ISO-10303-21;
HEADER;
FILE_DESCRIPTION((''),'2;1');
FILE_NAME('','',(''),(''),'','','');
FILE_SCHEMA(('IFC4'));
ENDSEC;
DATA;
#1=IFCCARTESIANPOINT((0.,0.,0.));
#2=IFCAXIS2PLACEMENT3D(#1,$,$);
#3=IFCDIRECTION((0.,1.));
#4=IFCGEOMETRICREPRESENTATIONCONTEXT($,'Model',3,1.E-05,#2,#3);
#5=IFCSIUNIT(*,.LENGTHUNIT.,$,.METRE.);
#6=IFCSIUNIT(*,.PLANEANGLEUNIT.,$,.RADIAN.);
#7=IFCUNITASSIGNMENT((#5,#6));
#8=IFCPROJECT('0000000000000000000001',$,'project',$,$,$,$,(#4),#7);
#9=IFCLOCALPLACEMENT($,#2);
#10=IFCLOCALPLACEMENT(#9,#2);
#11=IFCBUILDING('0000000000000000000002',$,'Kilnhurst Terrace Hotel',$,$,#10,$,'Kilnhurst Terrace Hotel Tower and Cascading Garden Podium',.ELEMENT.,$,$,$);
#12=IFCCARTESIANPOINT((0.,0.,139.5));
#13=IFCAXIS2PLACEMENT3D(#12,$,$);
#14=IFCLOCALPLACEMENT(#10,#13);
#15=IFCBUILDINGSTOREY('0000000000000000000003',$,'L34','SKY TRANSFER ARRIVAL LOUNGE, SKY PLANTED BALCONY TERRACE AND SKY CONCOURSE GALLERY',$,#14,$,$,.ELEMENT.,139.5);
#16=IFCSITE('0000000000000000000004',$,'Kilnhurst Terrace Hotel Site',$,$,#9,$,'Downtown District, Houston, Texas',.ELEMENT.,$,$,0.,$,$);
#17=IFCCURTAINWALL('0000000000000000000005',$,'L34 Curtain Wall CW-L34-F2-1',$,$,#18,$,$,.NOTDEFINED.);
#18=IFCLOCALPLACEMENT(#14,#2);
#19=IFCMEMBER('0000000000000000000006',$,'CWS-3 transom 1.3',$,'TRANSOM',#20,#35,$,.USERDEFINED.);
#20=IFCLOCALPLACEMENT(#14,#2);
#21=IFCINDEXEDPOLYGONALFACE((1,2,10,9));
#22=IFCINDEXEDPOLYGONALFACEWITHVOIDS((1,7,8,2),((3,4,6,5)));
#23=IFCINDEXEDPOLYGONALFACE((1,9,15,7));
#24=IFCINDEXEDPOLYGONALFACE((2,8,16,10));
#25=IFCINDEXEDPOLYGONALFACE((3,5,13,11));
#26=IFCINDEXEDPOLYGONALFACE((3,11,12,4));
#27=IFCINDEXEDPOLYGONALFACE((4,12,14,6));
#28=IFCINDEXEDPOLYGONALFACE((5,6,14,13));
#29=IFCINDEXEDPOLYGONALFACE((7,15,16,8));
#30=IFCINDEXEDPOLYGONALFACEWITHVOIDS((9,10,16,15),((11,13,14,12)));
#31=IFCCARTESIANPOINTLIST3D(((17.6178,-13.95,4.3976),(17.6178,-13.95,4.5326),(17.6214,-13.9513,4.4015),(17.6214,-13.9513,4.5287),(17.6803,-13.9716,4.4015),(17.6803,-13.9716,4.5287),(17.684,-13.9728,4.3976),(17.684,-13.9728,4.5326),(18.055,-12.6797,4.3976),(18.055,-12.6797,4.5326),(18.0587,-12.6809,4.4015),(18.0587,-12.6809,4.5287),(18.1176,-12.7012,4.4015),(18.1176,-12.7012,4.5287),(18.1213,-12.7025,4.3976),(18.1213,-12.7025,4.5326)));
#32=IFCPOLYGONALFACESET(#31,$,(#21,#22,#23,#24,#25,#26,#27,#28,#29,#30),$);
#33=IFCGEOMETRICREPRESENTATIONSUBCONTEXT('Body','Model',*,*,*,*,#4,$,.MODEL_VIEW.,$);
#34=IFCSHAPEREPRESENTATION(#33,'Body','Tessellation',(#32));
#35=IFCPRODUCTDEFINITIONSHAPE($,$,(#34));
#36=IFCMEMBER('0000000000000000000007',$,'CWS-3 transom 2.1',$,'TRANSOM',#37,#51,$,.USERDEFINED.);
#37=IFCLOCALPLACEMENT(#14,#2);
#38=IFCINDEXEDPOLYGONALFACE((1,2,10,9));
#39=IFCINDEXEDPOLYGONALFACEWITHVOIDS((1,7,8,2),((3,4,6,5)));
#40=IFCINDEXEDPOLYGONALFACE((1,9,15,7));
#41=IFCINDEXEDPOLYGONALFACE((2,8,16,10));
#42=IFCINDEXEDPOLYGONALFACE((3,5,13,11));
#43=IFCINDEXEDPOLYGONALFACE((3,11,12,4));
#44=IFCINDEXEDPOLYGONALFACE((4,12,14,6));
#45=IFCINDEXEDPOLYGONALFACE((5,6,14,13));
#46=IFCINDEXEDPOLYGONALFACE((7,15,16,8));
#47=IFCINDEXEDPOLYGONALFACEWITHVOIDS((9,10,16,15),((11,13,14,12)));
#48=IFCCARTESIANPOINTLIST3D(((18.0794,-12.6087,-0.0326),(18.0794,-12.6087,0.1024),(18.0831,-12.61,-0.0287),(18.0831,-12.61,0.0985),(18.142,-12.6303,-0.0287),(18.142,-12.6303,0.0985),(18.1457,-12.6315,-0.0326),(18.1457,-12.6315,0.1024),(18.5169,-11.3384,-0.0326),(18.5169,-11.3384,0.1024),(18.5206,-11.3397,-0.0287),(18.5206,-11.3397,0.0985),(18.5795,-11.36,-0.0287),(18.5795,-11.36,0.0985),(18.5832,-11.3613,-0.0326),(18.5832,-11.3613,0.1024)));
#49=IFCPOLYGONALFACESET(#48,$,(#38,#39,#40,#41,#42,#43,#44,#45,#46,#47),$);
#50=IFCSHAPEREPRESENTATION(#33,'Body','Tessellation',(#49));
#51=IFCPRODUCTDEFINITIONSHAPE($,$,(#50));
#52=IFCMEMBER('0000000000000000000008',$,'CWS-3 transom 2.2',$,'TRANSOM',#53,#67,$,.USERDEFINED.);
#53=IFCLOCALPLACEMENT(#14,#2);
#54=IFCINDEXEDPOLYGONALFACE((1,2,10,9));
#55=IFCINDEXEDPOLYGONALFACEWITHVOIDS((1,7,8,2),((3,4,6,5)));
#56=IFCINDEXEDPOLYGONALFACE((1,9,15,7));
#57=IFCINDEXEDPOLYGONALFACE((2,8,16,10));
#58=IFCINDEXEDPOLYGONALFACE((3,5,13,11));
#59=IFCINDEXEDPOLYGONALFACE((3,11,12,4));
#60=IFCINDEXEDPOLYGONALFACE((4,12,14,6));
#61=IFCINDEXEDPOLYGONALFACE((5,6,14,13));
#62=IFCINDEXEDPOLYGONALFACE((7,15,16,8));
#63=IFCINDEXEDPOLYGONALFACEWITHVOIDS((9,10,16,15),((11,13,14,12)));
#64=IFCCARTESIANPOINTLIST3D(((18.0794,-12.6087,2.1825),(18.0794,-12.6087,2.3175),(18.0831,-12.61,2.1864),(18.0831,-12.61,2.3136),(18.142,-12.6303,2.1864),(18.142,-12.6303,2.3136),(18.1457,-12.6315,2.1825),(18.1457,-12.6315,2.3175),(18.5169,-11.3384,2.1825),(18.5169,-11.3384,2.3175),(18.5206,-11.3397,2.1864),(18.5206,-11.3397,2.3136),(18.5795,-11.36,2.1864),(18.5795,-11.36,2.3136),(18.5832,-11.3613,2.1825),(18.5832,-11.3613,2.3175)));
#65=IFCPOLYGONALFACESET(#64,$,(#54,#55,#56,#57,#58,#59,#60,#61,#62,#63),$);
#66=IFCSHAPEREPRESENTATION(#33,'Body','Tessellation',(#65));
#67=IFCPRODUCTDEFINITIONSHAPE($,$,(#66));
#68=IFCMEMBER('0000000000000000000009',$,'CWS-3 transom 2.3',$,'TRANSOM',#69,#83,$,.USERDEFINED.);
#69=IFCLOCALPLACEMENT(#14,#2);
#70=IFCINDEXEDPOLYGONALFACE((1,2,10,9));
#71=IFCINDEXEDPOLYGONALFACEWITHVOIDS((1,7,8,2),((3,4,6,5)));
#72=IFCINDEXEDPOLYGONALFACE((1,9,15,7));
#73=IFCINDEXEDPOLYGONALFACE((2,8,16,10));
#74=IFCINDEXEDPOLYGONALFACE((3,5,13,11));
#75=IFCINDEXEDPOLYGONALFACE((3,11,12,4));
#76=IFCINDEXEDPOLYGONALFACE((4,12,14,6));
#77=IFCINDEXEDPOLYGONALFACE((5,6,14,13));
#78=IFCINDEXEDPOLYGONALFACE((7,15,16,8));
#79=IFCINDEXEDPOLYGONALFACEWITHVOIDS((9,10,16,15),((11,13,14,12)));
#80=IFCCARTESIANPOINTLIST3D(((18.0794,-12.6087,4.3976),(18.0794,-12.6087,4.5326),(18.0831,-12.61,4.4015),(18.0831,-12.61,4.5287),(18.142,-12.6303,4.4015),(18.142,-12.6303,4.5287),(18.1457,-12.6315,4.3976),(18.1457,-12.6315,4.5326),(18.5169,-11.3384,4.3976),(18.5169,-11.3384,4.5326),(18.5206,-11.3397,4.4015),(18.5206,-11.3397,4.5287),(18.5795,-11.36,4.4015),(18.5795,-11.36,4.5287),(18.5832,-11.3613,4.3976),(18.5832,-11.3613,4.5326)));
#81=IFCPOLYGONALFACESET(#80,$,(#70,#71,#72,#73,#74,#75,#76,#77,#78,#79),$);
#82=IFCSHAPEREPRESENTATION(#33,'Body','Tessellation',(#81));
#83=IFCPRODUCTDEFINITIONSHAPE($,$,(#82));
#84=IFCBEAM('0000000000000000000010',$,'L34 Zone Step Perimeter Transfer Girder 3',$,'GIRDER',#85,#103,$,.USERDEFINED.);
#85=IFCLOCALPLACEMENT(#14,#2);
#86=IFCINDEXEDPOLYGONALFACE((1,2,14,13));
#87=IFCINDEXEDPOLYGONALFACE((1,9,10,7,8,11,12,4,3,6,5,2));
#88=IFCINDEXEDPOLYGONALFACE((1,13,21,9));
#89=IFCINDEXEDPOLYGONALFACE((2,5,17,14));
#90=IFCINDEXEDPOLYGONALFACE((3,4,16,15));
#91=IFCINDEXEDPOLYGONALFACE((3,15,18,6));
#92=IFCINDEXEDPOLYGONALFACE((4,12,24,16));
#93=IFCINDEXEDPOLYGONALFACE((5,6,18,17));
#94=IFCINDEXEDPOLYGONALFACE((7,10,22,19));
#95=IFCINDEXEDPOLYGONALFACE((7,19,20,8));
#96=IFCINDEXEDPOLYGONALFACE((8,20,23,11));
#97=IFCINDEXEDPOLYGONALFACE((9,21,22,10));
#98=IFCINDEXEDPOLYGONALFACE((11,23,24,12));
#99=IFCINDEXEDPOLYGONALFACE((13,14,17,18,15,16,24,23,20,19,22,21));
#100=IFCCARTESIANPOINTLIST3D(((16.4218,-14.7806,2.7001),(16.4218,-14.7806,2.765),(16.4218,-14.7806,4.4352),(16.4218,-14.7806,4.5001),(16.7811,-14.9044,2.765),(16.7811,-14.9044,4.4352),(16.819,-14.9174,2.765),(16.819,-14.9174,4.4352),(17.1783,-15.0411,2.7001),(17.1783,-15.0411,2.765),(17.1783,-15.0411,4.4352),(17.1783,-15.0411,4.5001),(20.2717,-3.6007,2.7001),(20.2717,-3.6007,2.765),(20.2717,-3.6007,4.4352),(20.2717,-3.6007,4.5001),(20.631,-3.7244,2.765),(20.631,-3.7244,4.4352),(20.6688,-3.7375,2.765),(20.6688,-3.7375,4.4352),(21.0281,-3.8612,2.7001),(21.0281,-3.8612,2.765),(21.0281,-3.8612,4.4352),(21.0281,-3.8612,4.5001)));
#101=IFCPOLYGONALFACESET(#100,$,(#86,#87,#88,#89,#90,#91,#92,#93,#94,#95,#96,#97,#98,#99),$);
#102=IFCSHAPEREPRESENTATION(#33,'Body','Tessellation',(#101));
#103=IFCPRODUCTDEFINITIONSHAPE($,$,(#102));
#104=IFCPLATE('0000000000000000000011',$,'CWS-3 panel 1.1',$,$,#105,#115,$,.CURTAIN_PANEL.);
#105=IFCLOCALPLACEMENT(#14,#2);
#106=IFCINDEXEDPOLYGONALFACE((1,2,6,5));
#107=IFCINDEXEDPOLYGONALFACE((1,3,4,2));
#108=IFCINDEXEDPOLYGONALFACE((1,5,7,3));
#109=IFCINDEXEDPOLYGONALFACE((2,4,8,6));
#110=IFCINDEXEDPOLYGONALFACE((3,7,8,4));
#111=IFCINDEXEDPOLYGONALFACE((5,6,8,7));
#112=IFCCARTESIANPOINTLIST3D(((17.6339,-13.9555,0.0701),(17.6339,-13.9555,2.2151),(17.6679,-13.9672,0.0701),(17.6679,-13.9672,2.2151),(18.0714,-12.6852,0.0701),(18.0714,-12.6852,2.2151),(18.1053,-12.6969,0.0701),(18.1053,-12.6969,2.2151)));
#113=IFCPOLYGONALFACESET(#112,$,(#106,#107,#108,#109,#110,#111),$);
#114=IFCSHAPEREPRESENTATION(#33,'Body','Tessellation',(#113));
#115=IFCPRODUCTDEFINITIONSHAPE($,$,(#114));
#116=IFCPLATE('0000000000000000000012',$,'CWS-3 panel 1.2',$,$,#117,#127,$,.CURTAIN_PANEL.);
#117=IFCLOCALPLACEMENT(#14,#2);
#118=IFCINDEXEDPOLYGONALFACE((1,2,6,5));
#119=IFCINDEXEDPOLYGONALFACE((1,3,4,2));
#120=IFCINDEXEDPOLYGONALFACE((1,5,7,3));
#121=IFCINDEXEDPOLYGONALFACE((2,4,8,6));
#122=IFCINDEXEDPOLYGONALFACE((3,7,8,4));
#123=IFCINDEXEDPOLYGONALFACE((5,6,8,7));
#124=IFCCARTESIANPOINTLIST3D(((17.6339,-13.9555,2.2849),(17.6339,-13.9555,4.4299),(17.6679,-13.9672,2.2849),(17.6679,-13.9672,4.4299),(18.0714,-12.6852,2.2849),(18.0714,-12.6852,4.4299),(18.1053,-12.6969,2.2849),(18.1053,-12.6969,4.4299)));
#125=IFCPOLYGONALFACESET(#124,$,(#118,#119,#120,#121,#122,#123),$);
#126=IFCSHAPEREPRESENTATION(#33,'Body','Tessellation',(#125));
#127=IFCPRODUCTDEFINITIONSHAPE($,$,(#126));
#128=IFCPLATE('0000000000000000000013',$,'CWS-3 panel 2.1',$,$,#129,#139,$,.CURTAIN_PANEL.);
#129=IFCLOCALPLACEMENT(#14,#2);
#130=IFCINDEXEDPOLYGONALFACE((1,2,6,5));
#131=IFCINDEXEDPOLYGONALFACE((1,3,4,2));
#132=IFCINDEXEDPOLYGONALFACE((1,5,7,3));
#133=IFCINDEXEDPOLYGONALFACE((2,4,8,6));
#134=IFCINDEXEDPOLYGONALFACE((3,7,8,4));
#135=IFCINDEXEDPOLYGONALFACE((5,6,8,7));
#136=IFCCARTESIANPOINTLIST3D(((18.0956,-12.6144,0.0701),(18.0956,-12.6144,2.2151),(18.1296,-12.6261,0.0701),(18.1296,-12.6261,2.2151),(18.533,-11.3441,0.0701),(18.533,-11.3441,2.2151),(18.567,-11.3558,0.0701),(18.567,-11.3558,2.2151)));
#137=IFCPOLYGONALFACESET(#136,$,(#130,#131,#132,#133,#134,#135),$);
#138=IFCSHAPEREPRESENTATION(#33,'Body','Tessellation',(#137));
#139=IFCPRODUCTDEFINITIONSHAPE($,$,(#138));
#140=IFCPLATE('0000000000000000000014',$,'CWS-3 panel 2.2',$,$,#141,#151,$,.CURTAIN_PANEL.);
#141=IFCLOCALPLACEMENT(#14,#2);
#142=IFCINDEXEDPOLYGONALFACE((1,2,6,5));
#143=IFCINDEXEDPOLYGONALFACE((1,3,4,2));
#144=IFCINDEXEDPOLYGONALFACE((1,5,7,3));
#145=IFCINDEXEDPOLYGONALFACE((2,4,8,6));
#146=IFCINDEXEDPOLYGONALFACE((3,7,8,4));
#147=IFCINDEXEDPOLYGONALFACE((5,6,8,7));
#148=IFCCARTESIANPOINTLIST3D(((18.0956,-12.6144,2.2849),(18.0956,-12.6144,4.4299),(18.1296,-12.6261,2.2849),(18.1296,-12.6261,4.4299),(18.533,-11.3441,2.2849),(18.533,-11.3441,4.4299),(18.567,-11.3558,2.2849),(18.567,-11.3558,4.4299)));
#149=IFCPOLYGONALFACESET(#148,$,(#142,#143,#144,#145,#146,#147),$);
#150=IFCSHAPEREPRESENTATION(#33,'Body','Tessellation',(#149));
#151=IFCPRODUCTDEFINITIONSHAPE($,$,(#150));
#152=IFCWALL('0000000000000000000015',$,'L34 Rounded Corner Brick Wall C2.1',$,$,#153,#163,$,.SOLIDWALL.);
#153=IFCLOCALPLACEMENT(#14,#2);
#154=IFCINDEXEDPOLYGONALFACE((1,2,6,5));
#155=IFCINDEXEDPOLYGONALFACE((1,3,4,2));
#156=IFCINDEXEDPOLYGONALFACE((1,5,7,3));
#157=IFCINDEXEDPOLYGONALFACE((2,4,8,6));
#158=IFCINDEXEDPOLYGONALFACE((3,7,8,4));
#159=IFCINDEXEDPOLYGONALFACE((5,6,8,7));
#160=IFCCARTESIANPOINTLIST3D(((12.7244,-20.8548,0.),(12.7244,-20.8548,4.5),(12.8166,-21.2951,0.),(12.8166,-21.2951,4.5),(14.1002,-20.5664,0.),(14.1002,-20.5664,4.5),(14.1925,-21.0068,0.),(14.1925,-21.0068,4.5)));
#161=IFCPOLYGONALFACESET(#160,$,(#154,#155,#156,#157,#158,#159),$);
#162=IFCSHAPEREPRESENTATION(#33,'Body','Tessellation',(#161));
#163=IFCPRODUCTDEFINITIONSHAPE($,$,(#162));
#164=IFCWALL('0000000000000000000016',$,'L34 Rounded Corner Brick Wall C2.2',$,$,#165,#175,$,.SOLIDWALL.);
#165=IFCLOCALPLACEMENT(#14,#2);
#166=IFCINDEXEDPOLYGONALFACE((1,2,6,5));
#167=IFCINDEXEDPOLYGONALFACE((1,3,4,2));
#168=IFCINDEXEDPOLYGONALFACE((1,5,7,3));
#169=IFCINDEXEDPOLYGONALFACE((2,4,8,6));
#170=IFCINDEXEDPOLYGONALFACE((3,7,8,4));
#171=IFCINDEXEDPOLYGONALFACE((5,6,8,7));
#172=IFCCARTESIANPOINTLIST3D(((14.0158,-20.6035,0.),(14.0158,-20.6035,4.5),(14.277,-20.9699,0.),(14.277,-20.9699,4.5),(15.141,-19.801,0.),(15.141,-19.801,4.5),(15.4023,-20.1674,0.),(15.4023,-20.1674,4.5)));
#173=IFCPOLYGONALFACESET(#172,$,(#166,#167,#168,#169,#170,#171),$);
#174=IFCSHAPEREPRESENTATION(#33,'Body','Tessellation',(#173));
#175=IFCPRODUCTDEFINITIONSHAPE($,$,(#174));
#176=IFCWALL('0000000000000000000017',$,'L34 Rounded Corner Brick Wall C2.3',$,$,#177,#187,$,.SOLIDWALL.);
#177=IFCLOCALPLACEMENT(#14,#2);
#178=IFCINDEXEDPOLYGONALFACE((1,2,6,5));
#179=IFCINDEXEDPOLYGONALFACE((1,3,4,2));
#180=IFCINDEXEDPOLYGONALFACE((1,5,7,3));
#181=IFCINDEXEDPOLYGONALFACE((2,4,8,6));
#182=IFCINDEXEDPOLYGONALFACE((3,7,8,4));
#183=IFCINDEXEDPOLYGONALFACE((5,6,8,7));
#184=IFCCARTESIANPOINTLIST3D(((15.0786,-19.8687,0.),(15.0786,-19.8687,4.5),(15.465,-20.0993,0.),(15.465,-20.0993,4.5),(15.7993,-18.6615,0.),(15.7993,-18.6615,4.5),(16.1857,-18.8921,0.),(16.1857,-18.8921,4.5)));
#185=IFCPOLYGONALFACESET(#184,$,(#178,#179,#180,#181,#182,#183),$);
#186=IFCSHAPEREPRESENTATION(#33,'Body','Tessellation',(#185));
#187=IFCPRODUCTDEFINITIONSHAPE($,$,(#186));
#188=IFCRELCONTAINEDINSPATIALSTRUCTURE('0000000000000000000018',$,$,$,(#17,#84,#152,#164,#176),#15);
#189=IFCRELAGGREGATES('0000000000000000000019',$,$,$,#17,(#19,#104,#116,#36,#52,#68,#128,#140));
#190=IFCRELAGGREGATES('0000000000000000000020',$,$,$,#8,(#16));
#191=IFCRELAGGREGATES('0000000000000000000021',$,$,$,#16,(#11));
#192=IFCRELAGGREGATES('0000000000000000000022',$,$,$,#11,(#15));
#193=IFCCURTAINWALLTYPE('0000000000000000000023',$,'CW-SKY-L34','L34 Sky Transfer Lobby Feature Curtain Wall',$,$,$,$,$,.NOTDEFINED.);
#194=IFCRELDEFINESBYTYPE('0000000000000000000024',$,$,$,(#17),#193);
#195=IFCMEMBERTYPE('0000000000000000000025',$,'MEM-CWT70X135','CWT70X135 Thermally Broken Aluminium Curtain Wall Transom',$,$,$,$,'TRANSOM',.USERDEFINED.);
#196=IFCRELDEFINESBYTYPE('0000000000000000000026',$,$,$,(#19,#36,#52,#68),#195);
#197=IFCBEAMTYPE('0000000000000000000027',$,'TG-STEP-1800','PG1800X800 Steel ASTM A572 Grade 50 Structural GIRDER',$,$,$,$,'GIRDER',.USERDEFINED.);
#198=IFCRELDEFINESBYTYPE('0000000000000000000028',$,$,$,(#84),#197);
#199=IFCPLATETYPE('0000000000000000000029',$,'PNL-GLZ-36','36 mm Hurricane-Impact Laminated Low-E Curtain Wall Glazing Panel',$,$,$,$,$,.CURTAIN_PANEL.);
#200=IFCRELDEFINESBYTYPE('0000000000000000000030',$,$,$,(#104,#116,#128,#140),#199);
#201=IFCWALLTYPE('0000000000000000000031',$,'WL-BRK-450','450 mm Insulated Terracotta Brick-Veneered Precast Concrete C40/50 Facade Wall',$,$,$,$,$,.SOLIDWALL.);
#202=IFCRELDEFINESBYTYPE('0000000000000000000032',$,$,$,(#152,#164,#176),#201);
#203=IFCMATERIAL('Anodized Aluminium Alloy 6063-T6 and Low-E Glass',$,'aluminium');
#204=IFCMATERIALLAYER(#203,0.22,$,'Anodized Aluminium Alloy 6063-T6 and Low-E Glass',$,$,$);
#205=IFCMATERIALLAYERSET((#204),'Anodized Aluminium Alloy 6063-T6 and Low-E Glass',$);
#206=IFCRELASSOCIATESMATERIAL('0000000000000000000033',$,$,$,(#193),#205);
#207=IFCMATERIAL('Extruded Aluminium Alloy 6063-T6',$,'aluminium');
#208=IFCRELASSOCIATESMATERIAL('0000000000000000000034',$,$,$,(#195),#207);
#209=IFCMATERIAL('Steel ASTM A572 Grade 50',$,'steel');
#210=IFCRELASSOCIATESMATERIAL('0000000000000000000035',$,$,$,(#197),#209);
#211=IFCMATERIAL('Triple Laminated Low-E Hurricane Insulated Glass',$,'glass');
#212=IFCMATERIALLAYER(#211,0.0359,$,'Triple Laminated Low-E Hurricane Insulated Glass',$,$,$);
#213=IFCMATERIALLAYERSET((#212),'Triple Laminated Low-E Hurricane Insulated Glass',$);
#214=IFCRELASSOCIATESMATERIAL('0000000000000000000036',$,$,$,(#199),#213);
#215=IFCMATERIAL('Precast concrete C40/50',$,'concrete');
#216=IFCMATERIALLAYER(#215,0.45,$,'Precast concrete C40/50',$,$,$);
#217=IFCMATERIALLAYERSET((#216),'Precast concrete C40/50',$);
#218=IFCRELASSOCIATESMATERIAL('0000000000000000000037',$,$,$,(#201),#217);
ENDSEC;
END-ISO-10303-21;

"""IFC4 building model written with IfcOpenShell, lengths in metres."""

from ifc_helpers import new_model, si_unit, direction, frame, frame_2d, origin, origin_2d, place, context, subcontext, project, spatial, rectangle, hollow_rectangle, i_section, extrude, material, layer, layer_set, material_profile, profile_set, type_object, element, aggregate, save


model = new_model("IFC4")

# Units and contexts
model_context = context("Model", 3, precision=1e-05, world=origin(), true_north=direction((0.0, 1.0)))
body_context = subcontext(model_context, "Body", "Model", "MODEL_VIEW")
ifc_project = project(units=[si_unit("LENGTHUNIT", "METRE"), si_unit("PLANEANGLEUNIT", "RADIAN")], contexts=[model_context])

# Site, building, storey
site_placement = place(None, origin())
site = spatial("IfcSite", under=ifc_project, at=site_placement, Name="Kilnhurst Terrace Hotel Site", LongName="Downtown District, Houston, Texas", CompositionType="ELEMENT", RefElevation=0.0)
building_placement = place(site_placement, origin())
building = spatial("IfcBuilding", under=site, at=building_placement, Name="Kilnhurst Terrace Hotel", LongName="Kilnhurst Terrace Hotel Tower and Cascading Garden Podium", CompositionType="ELEMENT")
storey_placement = place(building_placement, frame((0.0, 0.0, 139.5)))
storey = spatial("IfcBuildingStorey", under=building, at=storey_placement, Name="L34", Description="SKY TRANSFER ARRIVAL LOUNGE, SKY PLANTED BALCONY TERRACE AND SKY CONCOURSE GALLERY", CompositionType="ELEMENT", Elevation=139.5)

# Curtain wall
ifc_material_1 = material(Name="Anodized Aluminium Alloy 6063-T6 and Low-E Glass", Category="aluminium")
ifc_layer_1 = layer(ifc_material_1, 0.22, Name="Anodized Aluminium Alloy 6063-T6 and Low-E Glass")
ifc_layer_set_1 = layer_set([ifc_layer_1], Name="Anodized Aluminium Alloy 6063-T6 and Low-E Glass")
curtain_wall_type = type_object("IfcCurtainWallType", Name="CW-SKY-L34", Description="L34 Sky Transfer Lobby Feature Curtain Wall", PredefinedType="NOTDEFINED", material=ifc_layer_set_1)
curtain_wall_1_placement = place(storey_placement, origin())
curtain_wall_1 = element("IfcCurtainWall", 1, at=curtain_wall_1_placement, inside=storey, type_object=curtain_wall_type, Name="L34 Curtain Wall CW-L34-F2-1", PredefinedType="NOTDEFINED")
ifc_material_2 = material(Name="Extruded Aluminium Alloy 6063-T6", Category="aluminium")

# Members
ifc_material_profile_1 = material_profile(ifc_material_2, hollow_rectangle(XDim=0.0701, YDim=0.135, WallThickness=0.0039, at=origin_2d()), Name="CWT70X135")
ifc_profile_set_1 = profile_set([ifc_material_profile_1], Name="Extruded Aluminium Alloy 6063-T6")
member_type_1 = type_object("IfcMemberType", Name="MEM-CWT70X135", Description="CWT70X135 Thermally Broken Aluminium Curtain Wall Transom", ElementType="TRANSOM", PredefinedType="USERDEFINED", material=ifc_profile_set_1)
member_1_placement = place(storey_placement, frame((17.6509, -13.9614, 4.4651), z_axis=(0.325481, 0.945549, 0.0), x_axis=(-0.945549, 0.325481, 0.0)))
member_1 = element("IfcMember", 2, at=member_1_placement, type_object=member_type_1, Name="CWS-3 transom 1.3", ObjectType="TRANSOM", PredefinedType="USERDEFINED", context=body_context, shape_type="SweptSolid", body=[
    extrude(hollow_rectangle(XDim=0.0701, YDim=0.135, WallThickness=0.0039, at=origin_2d()), origin(), (0.0, 0.0, 1.0), 1.3435),
])
member_2_placement = place(storey_placement, frame((18.1125, -12.6201, 0.0349), z_axis=(0.325643, 0.945493, 0.0), x_axis=(-0.945493, 0.325643, 0.0)))
member_2 = element("IfcMember", 3, at=member_2_placement, type_object=member_type_1, Name="CWS-3 transom 2.1", ObjectType="TRANSOM", PredefinedType="USERDEFINED", context=body_context, shape_type="SweptSolid", body=[
    extrude(hollow_rectangle(XDim=0.0701, YDim=0.135, WallThickness=0.0039, at=origin_2d()), origin(), (0.0, 0.0, 1.0), 1.3435),
])
member_3_placement = place(storey_placement, frame((18.1125, -12.6201, 2.25), z_axis=(0.325643, 0.945493, 0.0), x_axis=(-0.945493, 0.325643, 0.0)))
member_3 = element("IfcMember", 4, at=member_3_placement, type_object=member_type_1, Name="CWS-3 transom 2.2", ObjectType="TRANSOM", PredefinedType="USERDEFINED", context=body_context, shape_type="SweptSolid", body=[
    extrude(hollow_rectangle(XDim=0.0701, YDim=0.135, WallThickness=0.0039, at=origin_2d()), origin(), (0.0, 0.0, 1.0), 1.3435),
])
member_4_placement = place(storey_placement, frame((18.1125, -12.6201, 4.4651), z_axis=(0.325643, 0.945493, 0.0), x_axis=(-0.945493, 0.325643, 0.0)))
member_4 = element("IfcMember", 5, at=member_4_placement, type_object=member_type_1, Name="CWS-3 transom 2.3", ObjectType="TRANSOM", PredefinedType="USERDEFINED", context=body_context, shape_type="SweptSolid", body=[
    extrude(hollow_rectangle(XDim=0.0701, YDim=0.135, WallThickness=0.0039, at=origin_2d()), origin(), (0.0, 0.0, 1.0), 1.3435),
])

# Beam
ifc_material_3 = material(Name="Steel ASTM A572 Grade 50", Category="steel")
ifc_material_profile_2 = material_profile(ifc_material_3, i_section(OverallWidth=0.8, OverallDepth=1.8, WebThickness=0.04, FlangeThickness=0.0649, at=origin_2d()), Name="PG1800X800")
ifc_profile_set_2 = profile_set([ifc_material_profile_2], Name="Steel ASTM A572 Grade 50")
beam_type_1 = type_object("IfcBeamType", Name="TG-STEP-1800", Description="PG1800X800 Steel ASTM A572 Grade 50 Structural GIRDER", ElementType="GIRDER", PredefinedType="USERDEFINED", material=ifc_profile_set_2)
beam_1_placement = place(storey_placement, frame((16.8, -14.9109, 3.6001), z_axis=(0.32559, 0.945511, 0.0), x_axis=(-0.945511, 0.32559, 0.0)))
element("IfcBeam", 6, at=beam_1_placement, inside=storey, type_object=beam_type_1, Name="L34 Zone Step Perimeter Transfer Girder 3", ObjectType="GIRDER", PredefinedType="USERDEFINED", context=body_context, shape_type="SweptSolid", body=[
    extrude(i_section(OverallWidth=0.8, OverallDepth=1.8, WebThickness=0.04, FlangeThickness=0.0649, at=origin_2d()), origin(), (0.0, 0.0, 1.0), 11.8242),
])

# Plates
ifc_material_4 = material(Name="Triple Laminated Low-E Hurricane Insulated Glass", Category="glass")
ifc_layer_2 = layer(ifc_material_4, 0.0359, Name="Triple Laminated Low-E Hurricane Insulated Glass")
ifc_layer_set_2 = layer_set([ifc_layer_2], Name="Triple Laminated Low-E Hurricane Insulated Glass")
plate_type = type_object("IfcPlateType", Name="PNL-GLZ-36", Description="36 mm Hurricane-Impact Laminated Low-E Curtain Wall Glazing Panel", PredefinedType="CURTAIN_PANEL", material=ifc_layer_set_2)
plate_1_placement = place(storey_placement, frame((17.8696, -13.3262, 0.0701), z_axis=(0.0, 0.0, 1.0), x_axis=(0.325587, 0.945512, 0.0)))
plate_1 = element("IfcPlate", 7, at=plate_1_placement, type_object=plate_type, Name="CWS-3 panel 1.1", PredefinedType="CURTAIN_PANEL", context=body_context, shape_type="SweptSolid", body=[
    extrude(rectangle(XDim=1.3435, YDim=0.0359, at=origin_2d()), origin(), (0.0, 0.0, 1.0), 2.145),
])
plate_2_placement = place(storey_placement, frame((17.8696, -13.3262, 2.2849), z_axis=(0.0, 0.0, 1.0), x_axis=(0.325587, 0.945512, 0.0)))
plate_2 = element("IfcPlate", 8, at=plate_2_placement, type_object=plate_type, Name="CWS-3 panel 1.2", PredefinedType="CURTAIN_PANEL", context=body_context, shape_type="SweptSolid", body=[
    extrude(rectangle(XDim=1.3435, YDim=0.0359, at=origin_2d()), origin(), (0.0, 0.0, 1.0), 2.145),
])
plate_3_placement = place(storey_placement, frame((18.3313, -11.9851, 0.0701), z_axis=(0.0, 0.0, 1.0), x_axis=(0.325587, 0.945512, 0.0)))
plate_3 = element("IfcPlate", 9, at=plate_3_placement, type_object=plate_type, Name="CWS-3 panel 2.1", PredefinedType="CURTAIN_PANEL", context=body_context, shape_type="SweptSolid", body=[
    extrude(rectangle(XDim=1.3435, YDim=0.0359, at=origin_2d()), origin(), (0.0, 0.0, 1.0), 2.145),
])
plate_4_placement = place(storey_placement, frame((18.3313, -11.9851, 2.2849), z_axis=(0.0, 0.0, 1.0), x_axis=(0.325587, 0.945512, 0.0)))
plate_4 = element("IfcPlate", 10, at=plate_4_placement, type_object=plate_type, Name="CWS-3 panel 2.2", PredefinedType="CURTAIN_PANEL", context=body_context, shape_type="SweptSolid", body=[
    extrude(rectangle(XDim=1.3435, YDim=0.0359, at=origin_2d()), origin(), (0.0, 0.0, 1.0), 2.145),
])
aggregate(curtain_wall_1, [member_1, plate_1, plate_2, member_2, member_3, member_4, plate_3, plate_4])

# Walls
ifc_material_5 = material(Name="Precast concrete C40/50", Category="concrete")
ifc_layer_3 = layer(ifc_material_5, 0.45, Name="Precast concrete C40/50")
ifc_layer_set_3 = layer_set([ifc_layer_3], Name="Precast concrete C40/50")
wall_type_1 = type_object("IfcWallType", Name="WL-BRK-450", Description="450 mm Insulated Terracotta Brick-Veneered Precast Concrete C40/50 Facade Wall", PredefinedType="SOLIDWALL", material=ifc_layer_set_3)
wall_1_placement = place(storey_placement, frame((12.7705, -21.075, 0.0), z_axis=(0.0, 0.0, 1.0), x_axis=(0.978743, 0.205091, 0.0)))
element("IfcWall", 11, at=wall_1_placement, inside=storey, type_object=wall_type_1, Name="L34 Rounded Corner Brick Wall C2.1", PredefinedType="SOLIDWALL", context=body_context, shape_type="SweptSolid", body=[
    extrude(rectangle(XDim=1.4058, YDim=0.45, at=frame_2d((0.7029, 0.0))), origin(), (0.0, 0.0, 1.0), 4.5),
])
wall_2_placement = place(storey_placement, frame((14.1465, -20.7866, 0.0), z_axis=(0.0, 0.0, 1.0), x_axis=(0.814163, 0.580636, 0.0)))
element("IfcWall", 12, at=wall_2_placement, inside=storey, type_object=wall_type_1, Name="L34 Rounded Corner Brick Wall C2.2", PredefinedType="SOLIDWALL", context=body_context, shape_type="SweptSolid", body=[
    extrude(rectangle(XDim=1.3821, YDim=0.45, at=frame_2d((0.6909, 0.0))), origin(), (0.0, 0.0, 1.0), 4.5),
])
wall_3_placement = place(storey_placement, frame((15.2717, -19.9841, 0.0), z_axis=(0.0, 0.0, 1.0), x_axis=(0.512579, 0.85864, 0.0)))
element("IfcWall", 13, at=wall_3_placement, inside=storey, type_object=wall_type_1, Name="L34 Rounded Corner Brick Wall C2.3", PredefinedType="SOLIDWALL", context=body_context, shape_type="SweptSolid", body=[
    extrude(rectangle(XDim=1.406, YDim=0.45, at=frame_2d((0.7031, 0.0))), origin(), (0.0, 0.0, 1.0), 4.5),
])

save(model, "model.ifc")
